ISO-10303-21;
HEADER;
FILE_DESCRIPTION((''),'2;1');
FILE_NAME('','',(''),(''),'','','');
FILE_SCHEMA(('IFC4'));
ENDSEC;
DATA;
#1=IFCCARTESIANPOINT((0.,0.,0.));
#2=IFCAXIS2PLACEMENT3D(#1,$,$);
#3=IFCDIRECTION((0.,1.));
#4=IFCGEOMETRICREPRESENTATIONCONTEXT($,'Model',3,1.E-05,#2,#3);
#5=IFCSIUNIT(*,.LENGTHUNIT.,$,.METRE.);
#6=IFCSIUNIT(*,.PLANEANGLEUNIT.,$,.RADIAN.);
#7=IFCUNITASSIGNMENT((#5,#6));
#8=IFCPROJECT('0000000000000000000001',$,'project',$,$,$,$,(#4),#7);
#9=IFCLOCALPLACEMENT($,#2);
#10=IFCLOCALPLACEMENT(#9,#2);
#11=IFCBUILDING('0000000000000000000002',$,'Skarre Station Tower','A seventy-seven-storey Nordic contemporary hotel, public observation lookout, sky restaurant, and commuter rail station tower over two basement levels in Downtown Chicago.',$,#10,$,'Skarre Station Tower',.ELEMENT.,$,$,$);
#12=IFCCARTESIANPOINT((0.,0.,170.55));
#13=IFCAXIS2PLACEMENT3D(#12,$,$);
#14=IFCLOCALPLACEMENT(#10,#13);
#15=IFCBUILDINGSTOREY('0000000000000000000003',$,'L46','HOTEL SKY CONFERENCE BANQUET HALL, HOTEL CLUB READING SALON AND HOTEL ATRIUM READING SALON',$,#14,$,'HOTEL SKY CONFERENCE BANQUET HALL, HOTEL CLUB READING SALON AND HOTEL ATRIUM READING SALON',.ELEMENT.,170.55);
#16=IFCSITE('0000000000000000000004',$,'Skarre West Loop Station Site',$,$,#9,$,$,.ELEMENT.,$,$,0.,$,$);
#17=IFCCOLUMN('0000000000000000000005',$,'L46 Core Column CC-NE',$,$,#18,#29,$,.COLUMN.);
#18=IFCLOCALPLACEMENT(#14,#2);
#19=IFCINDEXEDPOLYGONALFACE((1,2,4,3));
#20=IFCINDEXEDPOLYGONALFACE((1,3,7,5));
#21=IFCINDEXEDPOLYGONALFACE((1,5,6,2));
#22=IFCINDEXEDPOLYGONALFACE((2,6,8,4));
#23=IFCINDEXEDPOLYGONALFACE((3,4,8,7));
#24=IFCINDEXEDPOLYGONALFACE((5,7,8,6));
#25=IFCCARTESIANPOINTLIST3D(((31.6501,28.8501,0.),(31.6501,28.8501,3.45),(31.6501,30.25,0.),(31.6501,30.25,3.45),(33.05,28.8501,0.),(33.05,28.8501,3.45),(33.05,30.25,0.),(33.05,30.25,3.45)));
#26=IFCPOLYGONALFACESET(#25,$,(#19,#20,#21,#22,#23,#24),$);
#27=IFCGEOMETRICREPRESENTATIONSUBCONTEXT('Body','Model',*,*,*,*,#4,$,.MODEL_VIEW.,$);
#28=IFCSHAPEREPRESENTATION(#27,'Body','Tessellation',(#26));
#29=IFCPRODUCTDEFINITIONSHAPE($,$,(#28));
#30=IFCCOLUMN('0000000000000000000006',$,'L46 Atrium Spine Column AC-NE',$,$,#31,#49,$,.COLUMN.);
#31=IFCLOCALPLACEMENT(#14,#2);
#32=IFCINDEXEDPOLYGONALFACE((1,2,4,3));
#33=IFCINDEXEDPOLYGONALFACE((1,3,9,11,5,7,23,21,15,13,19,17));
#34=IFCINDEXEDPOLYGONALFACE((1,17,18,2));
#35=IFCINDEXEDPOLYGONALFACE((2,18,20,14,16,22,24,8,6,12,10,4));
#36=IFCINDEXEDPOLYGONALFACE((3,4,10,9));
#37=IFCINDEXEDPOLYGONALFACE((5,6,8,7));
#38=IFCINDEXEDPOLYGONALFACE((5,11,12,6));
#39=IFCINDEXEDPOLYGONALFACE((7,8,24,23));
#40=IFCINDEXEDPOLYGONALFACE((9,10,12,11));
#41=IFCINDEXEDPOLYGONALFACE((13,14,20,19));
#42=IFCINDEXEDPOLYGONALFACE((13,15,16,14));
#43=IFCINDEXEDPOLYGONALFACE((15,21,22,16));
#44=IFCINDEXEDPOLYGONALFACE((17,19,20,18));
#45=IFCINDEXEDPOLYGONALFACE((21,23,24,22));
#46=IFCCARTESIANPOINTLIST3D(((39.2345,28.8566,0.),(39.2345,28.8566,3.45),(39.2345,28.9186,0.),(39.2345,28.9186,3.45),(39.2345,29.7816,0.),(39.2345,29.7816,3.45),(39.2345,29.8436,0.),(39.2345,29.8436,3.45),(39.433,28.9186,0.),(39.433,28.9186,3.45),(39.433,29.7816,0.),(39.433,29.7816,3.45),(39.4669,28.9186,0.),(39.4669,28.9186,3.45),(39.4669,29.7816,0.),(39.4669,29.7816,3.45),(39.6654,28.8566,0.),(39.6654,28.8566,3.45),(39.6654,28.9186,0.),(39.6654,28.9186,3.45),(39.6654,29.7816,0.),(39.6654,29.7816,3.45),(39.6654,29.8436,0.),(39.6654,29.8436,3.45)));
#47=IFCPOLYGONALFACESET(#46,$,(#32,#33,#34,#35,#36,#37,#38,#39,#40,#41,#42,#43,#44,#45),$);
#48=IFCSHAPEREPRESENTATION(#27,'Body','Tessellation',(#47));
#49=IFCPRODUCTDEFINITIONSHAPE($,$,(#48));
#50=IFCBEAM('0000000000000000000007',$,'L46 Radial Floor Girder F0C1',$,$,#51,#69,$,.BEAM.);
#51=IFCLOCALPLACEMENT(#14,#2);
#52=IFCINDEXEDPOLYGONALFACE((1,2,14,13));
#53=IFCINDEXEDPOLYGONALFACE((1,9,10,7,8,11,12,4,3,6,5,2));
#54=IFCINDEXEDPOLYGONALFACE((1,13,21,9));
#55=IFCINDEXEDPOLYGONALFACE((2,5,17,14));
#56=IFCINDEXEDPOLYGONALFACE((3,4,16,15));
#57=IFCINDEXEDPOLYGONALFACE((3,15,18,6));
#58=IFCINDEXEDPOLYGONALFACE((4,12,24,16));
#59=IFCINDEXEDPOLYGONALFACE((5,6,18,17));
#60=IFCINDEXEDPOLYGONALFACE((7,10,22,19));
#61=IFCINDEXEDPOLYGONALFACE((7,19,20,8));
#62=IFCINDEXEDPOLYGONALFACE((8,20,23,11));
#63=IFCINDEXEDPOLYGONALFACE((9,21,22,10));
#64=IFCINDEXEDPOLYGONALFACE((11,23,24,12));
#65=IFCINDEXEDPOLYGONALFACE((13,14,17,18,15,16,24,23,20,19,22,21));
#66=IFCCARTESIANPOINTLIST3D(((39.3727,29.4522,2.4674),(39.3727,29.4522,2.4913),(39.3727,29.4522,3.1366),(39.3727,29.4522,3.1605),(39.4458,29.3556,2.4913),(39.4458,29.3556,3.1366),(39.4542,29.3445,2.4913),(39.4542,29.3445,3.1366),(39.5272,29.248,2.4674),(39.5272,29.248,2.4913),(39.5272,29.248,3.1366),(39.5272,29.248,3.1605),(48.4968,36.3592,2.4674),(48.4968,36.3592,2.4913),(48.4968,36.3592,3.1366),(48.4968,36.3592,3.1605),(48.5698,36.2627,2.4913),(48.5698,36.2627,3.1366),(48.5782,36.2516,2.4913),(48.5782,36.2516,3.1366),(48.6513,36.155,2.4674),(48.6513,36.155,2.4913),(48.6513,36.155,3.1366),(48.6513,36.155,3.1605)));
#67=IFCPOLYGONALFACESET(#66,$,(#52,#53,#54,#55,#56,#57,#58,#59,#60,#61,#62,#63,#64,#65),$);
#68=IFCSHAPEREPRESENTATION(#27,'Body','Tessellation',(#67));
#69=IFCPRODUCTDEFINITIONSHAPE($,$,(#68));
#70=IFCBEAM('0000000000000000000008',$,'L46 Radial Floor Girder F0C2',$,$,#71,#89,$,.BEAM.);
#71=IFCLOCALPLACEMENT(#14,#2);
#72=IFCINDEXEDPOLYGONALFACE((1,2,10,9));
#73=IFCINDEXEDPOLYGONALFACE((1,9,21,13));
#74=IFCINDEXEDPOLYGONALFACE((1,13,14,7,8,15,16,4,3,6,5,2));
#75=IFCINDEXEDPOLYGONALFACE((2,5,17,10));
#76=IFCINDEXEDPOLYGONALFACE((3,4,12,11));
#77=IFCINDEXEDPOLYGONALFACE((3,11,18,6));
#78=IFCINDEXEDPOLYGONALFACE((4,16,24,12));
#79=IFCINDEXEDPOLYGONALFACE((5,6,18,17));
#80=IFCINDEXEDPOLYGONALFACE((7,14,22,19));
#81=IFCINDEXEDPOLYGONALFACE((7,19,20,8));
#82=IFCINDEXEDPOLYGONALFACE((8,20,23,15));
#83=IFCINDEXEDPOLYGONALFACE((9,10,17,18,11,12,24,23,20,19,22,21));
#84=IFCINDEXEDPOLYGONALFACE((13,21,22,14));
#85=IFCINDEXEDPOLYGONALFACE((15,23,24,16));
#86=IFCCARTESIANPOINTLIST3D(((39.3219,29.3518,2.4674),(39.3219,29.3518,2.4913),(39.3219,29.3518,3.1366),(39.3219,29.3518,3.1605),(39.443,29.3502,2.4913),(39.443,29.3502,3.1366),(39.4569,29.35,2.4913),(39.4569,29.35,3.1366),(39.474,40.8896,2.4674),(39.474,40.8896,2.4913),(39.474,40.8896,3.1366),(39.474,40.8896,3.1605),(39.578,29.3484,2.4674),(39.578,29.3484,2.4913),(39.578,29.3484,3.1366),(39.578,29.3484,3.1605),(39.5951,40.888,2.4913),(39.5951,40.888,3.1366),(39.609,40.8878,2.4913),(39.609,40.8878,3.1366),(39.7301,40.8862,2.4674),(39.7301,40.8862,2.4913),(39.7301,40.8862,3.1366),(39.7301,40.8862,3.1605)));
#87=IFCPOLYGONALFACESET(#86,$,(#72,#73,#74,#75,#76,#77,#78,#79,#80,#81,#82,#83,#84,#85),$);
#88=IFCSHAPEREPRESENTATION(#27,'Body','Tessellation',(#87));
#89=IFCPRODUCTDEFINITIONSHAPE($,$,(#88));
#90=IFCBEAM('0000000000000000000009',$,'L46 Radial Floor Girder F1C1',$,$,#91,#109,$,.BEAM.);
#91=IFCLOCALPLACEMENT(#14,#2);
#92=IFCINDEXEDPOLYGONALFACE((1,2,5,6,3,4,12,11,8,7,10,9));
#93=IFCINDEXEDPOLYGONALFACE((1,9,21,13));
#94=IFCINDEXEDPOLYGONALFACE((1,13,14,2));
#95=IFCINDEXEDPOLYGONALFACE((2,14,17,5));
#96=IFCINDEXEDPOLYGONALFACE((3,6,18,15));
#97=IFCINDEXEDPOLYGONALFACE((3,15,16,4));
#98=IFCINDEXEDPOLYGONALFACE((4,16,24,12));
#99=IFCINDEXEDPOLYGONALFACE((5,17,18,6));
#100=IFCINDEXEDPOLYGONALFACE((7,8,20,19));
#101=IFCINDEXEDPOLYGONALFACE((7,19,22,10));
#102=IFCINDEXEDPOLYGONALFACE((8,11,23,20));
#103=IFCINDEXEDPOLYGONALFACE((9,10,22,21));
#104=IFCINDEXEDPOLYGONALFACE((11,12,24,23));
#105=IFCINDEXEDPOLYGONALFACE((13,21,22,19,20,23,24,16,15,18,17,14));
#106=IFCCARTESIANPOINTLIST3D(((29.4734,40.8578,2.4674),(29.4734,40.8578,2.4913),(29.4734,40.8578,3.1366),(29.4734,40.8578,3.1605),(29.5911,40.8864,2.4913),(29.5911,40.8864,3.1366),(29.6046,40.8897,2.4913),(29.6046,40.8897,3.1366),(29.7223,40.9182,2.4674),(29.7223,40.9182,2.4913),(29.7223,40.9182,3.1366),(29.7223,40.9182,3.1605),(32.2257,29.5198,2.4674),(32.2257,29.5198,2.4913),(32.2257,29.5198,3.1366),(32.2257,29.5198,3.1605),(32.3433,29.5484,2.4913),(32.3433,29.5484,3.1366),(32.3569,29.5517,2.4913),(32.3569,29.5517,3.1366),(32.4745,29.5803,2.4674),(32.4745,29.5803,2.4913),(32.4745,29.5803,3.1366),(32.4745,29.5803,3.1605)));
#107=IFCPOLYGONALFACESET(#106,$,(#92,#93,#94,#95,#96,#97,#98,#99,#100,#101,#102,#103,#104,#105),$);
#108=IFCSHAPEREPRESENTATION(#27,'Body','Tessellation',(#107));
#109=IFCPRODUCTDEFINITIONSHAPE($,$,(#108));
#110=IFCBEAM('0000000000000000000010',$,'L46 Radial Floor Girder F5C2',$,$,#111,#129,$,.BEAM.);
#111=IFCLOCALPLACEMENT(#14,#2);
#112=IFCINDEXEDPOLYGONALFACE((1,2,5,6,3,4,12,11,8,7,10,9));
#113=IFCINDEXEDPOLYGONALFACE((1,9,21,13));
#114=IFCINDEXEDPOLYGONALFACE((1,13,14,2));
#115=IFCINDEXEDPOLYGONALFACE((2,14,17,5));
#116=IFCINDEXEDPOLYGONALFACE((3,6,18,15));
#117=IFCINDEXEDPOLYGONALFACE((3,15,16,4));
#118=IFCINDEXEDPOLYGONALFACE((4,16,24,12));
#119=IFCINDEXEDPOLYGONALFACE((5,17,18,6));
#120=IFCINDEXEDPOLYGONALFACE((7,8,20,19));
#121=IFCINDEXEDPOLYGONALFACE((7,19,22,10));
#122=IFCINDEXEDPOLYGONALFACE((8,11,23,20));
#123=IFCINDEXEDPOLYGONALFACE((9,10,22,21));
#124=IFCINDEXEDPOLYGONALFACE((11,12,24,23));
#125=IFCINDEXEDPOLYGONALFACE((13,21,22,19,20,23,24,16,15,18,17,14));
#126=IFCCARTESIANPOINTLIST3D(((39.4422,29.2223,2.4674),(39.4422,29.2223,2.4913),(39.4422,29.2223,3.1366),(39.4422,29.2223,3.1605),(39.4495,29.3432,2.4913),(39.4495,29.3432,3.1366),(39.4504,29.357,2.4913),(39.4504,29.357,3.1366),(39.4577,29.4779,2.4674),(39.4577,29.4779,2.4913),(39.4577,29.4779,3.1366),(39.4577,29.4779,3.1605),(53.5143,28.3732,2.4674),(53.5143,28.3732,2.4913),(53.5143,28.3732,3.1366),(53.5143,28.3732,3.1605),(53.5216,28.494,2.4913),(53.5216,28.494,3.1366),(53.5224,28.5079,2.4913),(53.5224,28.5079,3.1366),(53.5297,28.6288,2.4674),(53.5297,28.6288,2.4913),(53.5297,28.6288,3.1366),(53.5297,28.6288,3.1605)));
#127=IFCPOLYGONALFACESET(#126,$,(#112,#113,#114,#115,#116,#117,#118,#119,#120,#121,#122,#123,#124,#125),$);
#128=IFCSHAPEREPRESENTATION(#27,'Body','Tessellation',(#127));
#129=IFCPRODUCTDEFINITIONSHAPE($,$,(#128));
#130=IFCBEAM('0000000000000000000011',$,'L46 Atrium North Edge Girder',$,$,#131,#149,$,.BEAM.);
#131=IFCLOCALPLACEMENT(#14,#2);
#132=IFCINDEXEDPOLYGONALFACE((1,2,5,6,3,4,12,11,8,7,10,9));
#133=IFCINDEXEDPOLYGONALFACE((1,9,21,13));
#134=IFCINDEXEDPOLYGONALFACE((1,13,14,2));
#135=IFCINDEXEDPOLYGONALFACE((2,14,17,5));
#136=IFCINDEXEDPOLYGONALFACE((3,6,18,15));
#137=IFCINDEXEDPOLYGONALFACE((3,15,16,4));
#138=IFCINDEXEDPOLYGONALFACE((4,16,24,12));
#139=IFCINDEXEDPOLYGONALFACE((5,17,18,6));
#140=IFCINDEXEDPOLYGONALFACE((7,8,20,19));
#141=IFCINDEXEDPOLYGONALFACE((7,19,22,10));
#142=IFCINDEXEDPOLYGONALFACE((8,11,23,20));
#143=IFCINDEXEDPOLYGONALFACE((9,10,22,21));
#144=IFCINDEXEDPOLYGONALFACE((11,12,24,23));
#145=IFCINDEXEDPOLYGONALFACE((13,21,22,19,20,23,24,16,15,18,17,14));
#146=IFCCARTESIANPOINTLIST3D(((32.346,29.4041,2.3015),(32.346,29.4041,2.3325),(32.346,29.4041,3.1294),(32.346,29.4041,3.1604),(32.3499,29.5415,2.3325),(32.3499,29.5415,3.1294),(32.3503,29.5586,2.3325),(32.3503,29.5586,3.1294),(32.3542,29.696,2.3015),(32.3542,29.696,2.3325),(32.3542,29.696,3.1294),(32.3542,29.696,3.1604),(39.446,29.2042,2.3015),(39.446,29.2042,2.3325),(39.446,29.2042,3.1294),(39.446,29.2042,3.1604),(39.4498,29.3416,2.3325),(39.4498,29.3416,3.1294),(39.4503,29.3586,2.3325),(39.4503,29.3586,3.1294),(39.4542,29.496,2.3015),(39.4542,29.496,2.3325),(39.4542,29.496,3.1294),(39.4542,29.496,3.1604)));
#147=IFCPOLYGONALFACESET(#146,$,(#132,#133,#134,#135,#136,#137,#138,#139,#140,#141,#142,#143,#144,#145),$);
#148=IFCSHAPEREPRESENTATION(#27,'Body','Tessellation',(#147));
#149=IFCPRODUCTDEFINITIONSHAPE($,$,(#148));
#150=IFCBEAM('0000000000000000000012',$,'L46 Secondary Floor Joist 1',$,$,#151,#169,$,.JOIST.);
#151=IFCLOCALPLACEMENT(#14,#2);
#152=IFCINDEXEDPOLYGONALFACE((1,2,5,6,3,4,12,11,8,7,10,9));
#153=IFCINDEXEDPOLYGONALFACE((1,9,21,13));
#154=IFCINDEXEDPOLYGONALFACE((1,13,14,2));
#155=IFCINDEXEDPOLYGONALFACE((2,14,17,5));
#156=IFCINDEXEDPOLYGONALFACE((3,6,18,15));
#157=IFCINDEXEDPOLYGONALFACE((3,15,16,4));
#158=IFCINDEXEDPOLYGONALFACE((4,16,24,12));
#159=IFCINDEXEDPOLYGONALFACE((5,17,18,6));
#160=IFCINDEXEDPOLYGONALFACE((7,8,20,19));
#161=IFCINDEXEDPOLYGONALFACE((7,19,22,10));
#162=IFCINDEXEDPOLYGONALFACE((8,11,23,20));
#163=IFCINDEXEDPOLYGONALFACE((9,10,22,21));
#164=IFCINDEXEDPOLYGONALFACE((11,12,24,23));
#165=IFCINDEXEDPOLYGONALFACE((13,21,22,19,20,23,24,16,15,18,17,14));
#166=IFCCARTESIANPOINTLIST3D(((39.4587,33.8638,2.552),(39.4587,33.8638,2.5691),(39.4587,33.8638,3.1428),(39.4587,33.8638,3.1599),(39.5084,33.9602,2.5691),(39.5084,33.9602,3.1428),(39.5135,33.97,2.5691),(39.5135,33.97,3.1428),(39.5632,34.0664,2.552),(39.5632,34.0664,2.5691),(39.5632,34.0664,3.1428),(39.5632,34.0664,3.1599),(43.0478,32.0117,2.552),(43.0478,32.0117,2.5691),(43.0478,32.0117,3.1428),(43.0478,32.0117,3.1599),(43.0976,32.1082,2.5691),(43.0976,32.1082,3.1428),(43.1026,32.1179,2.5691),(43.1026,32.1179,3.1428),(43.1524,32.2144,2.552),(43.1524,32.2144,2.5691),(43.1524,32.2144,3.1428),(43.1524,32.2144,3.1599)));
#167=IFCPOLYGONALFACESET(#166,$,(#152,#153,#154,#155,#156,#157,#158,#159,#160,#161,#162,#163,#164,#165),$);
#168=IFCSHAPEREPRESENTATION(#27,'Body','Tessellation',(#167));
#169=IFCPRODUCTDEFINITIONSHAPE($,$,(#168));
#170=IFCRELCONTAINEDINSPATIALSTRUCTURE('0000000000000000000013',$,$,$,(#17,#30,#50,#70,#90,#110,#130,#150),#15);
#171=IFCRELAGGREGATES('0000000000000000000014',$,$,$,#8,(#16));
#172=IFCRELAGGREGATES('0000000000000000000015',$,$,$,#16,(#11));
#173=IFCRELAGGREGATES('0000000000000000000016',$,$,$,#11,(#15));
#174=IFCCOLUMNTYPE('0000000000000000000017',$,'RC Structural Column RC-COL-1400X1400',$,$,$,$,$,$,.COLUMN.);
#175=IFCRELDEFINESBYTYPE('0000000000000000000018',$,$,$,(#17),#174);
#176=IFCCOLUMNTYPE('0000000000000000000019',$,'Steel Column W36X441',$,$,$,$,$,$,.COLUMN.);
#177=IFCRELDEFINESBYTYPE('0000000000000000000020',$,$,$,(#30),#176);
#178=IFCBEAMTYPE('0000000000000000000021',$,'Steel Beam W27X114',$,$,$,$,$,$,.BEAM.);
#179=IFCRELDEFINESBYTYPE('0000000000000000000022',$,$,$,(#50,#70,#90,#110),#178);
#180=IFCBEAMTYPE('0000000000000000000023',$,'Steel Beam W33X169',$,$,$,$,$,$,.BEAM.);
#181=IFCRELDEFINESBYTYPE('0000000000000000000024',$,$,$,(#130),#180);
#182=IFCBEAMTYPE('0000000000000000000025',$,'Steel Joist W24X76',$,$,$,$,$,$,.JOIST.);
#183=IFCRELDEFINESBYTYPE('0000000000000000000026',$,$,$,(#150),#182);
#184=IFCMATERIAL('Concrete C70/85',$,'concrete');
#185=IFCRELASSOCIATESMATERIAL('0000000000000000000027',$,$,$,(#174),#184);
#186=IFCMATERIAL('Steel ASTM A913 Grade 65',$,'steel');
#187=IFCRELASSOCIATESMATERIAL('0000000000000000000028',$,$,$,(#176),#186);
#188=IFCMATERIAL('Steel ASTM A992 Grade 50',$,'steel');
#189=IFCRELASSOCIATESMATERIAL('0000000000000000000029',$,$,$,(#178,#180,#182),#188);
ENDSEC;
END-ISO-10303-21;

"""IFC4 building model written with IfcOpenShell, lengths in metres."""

from ifc_helpers import new_model, si_unit, direction, frame, origin, origin_2d, place, context, subcontext, project, spatial, rectangle, i_section, extrude, material, material_profile, profile_set, type_object, element, save


model = new_model("IFC4")

# Units and contexts
model_context = context("Model", 3, precision=1e-05, world=origin(), true_north=direction((0.0, 1.0)))
body_context = subcontext(model_context, "Body", "Model", "MODEL_VIEW")
ifc_project = project(units=[si_unit("LENGTHUNIT", "METRE"), si_unit("PLANEANGLEUNIT", "RADIAN")], contexts=[model_context])

# Site, building, storey
site_placement = place(None, origin())
site = spatial("IfcSite", under=ifc_project, at=site_placement, Name="Skarre West Loop Station Site", CompositionType="ELEMENT", RefElevation=0.0)
building_placement = place(site_placement, origin())
building = spatial("IfcBuilding", under=site, at=building_placement, Name="Skarre Station Tower", Description="A seventy-seven-storey Nordic contemporary hotel, public observation lookout, sky restaurant, and commuter rail station tower over two basement levels in Downtown Chicago.", LongName="Skarre Station Tower", CompositionType="ELEMENT")
storey_placement = place(building_placement, frame((0.0, 0.0, 170.55)))
storey = spatial("IfcBuildingStorey", under=building, at=storey_placement, Name="L46", Description="HOTEL SKY CONFERENCE BANQUET HALL, HOTEL CLUB READING SALON AND HOTEL ATRIUM READING SALON", LongName="HOTEL SKY CONFERENCE BANQUET HALL, HOTEL CLUB READING SALON AND HOTEL ATRIUM READING SALON", CompositionType="ELEMENT", Elevation=170.55)

# Columns
ifc_material_1 = material(Name="Concrete C70/85", Category="concrete")
ifc_material_profile_1 = material_profile(ifc_material_1, rectangle(XDim=1.3999, YDim=1.3999, at=origin_2d()), Name="Concrete C70/85")
ifc_profile_set_1 = profile_set([ifc_material_profile_1], Name="Concrete C70/85")
column_type_1 = type_object("IfcColumnType", Name="RC Structural Column RC-COL-1400X1400", PredefinedType="COLUMN", material=ifc_profile_set_1)
column_1_placement = place(storey_placement, frame((32.3501, 29.55, 0.0), z_axis=(0.0, 0.0, 1.0), x_axis=(1.0, 0.0, 0.0)))
element("IfcColumn", 1, at=column_1_placement, inside=storey, type_object=column_type_1, Name="L46 Core Column CC-NE", PredefinedType="COLUMN", context=body_context, shape_type="SweptSolid", body=[
    extrude(rectangle(XDim=1.3999, YDim=1.3999, at=origin_2d()), origin(), (0.0, 0.0, 1.0), 3.45),
])
ifc_material_2 = material(Name="Steel ASTM A913 Grade 65", Category="steel")
ifc_material_profile_2 = material_profile(ifc_material_2, i_section(OverallWidth=0.4309, OverallDepth=0.9871, WebThickness=0.0339, FlangeThickness=0.062, at=origin_2d()), Name="Steel ASTM A913 Grade 65")
ifc_profile_set_2 = profile_set([ifc_material_profile_2], Name="Steel ASTM A913 Grade 65")
column_type_2 = type_object("IfcColumnType", Name="Steel Column W36X441", PredefinedType="COLUMN", material=ifc_profile_set_2)
column_2_placement = place(storey_placement, frame((39.45, 29.3501, 0.0), z_axis=(0.0, 0.0, 1.0), x_axis=(1.0, 0.0, 0.0)))
element("IfcColumn", 2, at=column_2_placement, inside=storey, type_object=column_type_2, Name="L46 Atrium Spine Column AC-NE", PredefinedType="COLUMN", context=body_context, shape_type="SweptSolid", body=[
    extrude(i_section(OverallWidth=0.4309, OverallDepth=0.9871, WebThickness=0.0339, FlangeThickness=0.062, at=origin_2d()), origin(), (0.0, 0.0, 1.0), 3.45),
])

# Beams
ifc_material_3 = material(Name="Steel ASTM A992 Grade 50", Category="steel")
ifc_material_profile_3 = material_profile(ifc_material_3, i_section(OverallWidth=0.2561, OverallDepth=0.6931, WebThickness=0.0139, FlangeThickness=0.0239, at=origin_2d()), Name="Steel ASTM A992 Grade 50")
ifc_profile_set_3 = profile_set([ifc_material_profile_3], Name="Steel ASTM A992 Grade 50")
beam_type_1 = type_object("IfcBeamType", Name="Steel Beam W27X114", PredefinedType="BEAM", material=ifc_profile_set_3)
beam_1_placement = place(storey_placement, frame((39.45, 29.3501, 2.814), z_axis=(0.797309, 0.603571, 0.0), x_axis=(-0.603571, 0.797309, 0.0)))
element("IfcBeam", 3, at=beam_1_placement, inside=storey, type_object=beam_type_1, Name="L46 Radial Floor Girder F0C1", PredefinedType="BEAM", context=body_context, shape_type="SweptSolid", body=[
    extrude(i_section(OverallWidth=0.2561, OverallDepth=0.6931, WebThickness=0.0139, FlangeThickness=0.0239, at=origin_2d()), origin(), (0.0, 0.0, 1.0), 11.4436),
])
beam_2_placement = place(storey_placement, frame((39.45, 29.3501, 2.814), z_axis=(0.013182, 0.999913, 0.0), x_axis=(-0.999913, 0.013182, 0.0)))
element("IfcBeam", 4, at=beam_2_placement, inside=storey, type_object=beam_type_1, Name="L46 Radial Floor Girder F0C2", PredefinedType="BEAM", context=body_context, shape_type="SweptSolid", body=[
    extrude(i_section(OverallWidth=0.2561, OverallDepth=0.6931, WebThickness=0.0139, FlangeThickness=0.0239, at=origin_2d()), origin(), (0.0, 0.0, 1.0), 11.5388),
])
beam_3_placement = place(storey_placement, frame((32.3501, 29.55, 2.814), z_axis=(-0.235893, 0.971779, 0.0), x_axis=(-0.971779, -0.235893, 0.0)))
element("IfcBeam", 5, at=beam_3_placement, inside=storey, type_object=beam_type_1, Name="L46 Radial Floor Girder F1C1", PredefinedType="BEAM", context=body_context, shape_type="SweptSolid", body=[
    extrude(i_section(OverallWidth=0.2561, OverallDepth=0.6931, WebThickness=0.0139, FlangeThickness=0.0239, at=origin_2d()), origin(), (0.0, 0.0, 1.0), 11.6672),
])
beam_4_placement = place(storey_placement, frame((39.45, 29.3501, 2.814), z_axis=(0.998184, -0.060232, 0.0), x_axis=(0.060232, 0.998184, 0.0)))
element("IfcBeam", 6, at=beam_4_placement, inside=storey, type_object=beam_type_1, Name="L46 Radial Floor Girder F5C2", PredefinedType="BEAM", context=body_context, shape_type="SweptSolid", body=[
    extrude(i_section(OverallWidth=0.2561, OverallDepth=0.6931, WebThickness=0.0139, FlangeThickness=0.0239, at=origin_2d()), origin(), (0.0, 0.0, 1.0), 14.0977),
])
ifc_material_profile_4 = material_profile(ifc_material_3, i_section(OverallWidth=0.292, OverallDepth=0.8589, WebThickness=0.0171, FlangeThickness=0.031, at=origin_2d()), Name="Steel ASTM A992 Grade 50")
ifc_profile_set_4 = profile_set([ifc_material_profile_4], Name="Steel ASTM A992 Grade 50")
beam_type_2 = type_object("IfcBeamType", Name="Steel Beam W33X169", PredefinedType="BEAM", material=ifc_profile_set_4)
beam_5_placement = place(storey_placement, frame((32.3501, 29.55, 2.731), z_axis=(0.999604, -0.028152, 0.0), x_axis=(0.028152, 0.999604, 0.0)))
element("IfcBeam", 7, at=beam_5_placement, inside=storey, type_object=beam_type_2, Name="L46 Atrium North Edge Girder", PredefinedType="BEAM", context=body_context, shape_type="SweptSolid", body=[
    extrude(i_section(OverallWidth=0.292, OverallDepth=0.8589, WebThickness=0.0171, FlangeThickness=0.031, at=origin_2d()), origin(), (0.0, 0.0, 1.0), 7.1028),
])
ifc_material_profile_5 = material_profile(ifc_material_3, i_section(OverallWidth=0.228, OverallDepth=0.6079, WebThickness=0.011, FlangeThickness=0.0171, at=origin_2d()), Name="Steel ASTM A992 Grade 50")
ifc_profile_set_5 = profile_set([ifc_material_profile_5], Name="Steel ASTM A992 Grade 50")
beam_type_3 = type_object("IfcBeamType", Name="Steel Joist W24X76", PredefinedType="JOIST", material=ifc_profile_set_5)
beam_6_placement = place(storey_placement, frame((43.1001, 32.113, 2.856), z_axis=(-0.88866, 0.458566, 0.0), x_axis=(-0.458566, -0.88866, 0.0)))
element("IfcBeam", 8, at=beam_6_placement, inside=storey, type_object=beam_type_3, Name="L46 Secondary Floor Joist 1", PredefinedType="JOIST", context=body_context, shape_type="SweptSolid", body=[
    extrude(i_section(OverallWidth=0.228, OverallDepth=0.6079, WebThickness=0.011, FlangeThickness=0.0171, at=origin_2d()), origin(), (0.0, 0.0, 1.0), 4.0388),
])

save(model, "model.ifc")
